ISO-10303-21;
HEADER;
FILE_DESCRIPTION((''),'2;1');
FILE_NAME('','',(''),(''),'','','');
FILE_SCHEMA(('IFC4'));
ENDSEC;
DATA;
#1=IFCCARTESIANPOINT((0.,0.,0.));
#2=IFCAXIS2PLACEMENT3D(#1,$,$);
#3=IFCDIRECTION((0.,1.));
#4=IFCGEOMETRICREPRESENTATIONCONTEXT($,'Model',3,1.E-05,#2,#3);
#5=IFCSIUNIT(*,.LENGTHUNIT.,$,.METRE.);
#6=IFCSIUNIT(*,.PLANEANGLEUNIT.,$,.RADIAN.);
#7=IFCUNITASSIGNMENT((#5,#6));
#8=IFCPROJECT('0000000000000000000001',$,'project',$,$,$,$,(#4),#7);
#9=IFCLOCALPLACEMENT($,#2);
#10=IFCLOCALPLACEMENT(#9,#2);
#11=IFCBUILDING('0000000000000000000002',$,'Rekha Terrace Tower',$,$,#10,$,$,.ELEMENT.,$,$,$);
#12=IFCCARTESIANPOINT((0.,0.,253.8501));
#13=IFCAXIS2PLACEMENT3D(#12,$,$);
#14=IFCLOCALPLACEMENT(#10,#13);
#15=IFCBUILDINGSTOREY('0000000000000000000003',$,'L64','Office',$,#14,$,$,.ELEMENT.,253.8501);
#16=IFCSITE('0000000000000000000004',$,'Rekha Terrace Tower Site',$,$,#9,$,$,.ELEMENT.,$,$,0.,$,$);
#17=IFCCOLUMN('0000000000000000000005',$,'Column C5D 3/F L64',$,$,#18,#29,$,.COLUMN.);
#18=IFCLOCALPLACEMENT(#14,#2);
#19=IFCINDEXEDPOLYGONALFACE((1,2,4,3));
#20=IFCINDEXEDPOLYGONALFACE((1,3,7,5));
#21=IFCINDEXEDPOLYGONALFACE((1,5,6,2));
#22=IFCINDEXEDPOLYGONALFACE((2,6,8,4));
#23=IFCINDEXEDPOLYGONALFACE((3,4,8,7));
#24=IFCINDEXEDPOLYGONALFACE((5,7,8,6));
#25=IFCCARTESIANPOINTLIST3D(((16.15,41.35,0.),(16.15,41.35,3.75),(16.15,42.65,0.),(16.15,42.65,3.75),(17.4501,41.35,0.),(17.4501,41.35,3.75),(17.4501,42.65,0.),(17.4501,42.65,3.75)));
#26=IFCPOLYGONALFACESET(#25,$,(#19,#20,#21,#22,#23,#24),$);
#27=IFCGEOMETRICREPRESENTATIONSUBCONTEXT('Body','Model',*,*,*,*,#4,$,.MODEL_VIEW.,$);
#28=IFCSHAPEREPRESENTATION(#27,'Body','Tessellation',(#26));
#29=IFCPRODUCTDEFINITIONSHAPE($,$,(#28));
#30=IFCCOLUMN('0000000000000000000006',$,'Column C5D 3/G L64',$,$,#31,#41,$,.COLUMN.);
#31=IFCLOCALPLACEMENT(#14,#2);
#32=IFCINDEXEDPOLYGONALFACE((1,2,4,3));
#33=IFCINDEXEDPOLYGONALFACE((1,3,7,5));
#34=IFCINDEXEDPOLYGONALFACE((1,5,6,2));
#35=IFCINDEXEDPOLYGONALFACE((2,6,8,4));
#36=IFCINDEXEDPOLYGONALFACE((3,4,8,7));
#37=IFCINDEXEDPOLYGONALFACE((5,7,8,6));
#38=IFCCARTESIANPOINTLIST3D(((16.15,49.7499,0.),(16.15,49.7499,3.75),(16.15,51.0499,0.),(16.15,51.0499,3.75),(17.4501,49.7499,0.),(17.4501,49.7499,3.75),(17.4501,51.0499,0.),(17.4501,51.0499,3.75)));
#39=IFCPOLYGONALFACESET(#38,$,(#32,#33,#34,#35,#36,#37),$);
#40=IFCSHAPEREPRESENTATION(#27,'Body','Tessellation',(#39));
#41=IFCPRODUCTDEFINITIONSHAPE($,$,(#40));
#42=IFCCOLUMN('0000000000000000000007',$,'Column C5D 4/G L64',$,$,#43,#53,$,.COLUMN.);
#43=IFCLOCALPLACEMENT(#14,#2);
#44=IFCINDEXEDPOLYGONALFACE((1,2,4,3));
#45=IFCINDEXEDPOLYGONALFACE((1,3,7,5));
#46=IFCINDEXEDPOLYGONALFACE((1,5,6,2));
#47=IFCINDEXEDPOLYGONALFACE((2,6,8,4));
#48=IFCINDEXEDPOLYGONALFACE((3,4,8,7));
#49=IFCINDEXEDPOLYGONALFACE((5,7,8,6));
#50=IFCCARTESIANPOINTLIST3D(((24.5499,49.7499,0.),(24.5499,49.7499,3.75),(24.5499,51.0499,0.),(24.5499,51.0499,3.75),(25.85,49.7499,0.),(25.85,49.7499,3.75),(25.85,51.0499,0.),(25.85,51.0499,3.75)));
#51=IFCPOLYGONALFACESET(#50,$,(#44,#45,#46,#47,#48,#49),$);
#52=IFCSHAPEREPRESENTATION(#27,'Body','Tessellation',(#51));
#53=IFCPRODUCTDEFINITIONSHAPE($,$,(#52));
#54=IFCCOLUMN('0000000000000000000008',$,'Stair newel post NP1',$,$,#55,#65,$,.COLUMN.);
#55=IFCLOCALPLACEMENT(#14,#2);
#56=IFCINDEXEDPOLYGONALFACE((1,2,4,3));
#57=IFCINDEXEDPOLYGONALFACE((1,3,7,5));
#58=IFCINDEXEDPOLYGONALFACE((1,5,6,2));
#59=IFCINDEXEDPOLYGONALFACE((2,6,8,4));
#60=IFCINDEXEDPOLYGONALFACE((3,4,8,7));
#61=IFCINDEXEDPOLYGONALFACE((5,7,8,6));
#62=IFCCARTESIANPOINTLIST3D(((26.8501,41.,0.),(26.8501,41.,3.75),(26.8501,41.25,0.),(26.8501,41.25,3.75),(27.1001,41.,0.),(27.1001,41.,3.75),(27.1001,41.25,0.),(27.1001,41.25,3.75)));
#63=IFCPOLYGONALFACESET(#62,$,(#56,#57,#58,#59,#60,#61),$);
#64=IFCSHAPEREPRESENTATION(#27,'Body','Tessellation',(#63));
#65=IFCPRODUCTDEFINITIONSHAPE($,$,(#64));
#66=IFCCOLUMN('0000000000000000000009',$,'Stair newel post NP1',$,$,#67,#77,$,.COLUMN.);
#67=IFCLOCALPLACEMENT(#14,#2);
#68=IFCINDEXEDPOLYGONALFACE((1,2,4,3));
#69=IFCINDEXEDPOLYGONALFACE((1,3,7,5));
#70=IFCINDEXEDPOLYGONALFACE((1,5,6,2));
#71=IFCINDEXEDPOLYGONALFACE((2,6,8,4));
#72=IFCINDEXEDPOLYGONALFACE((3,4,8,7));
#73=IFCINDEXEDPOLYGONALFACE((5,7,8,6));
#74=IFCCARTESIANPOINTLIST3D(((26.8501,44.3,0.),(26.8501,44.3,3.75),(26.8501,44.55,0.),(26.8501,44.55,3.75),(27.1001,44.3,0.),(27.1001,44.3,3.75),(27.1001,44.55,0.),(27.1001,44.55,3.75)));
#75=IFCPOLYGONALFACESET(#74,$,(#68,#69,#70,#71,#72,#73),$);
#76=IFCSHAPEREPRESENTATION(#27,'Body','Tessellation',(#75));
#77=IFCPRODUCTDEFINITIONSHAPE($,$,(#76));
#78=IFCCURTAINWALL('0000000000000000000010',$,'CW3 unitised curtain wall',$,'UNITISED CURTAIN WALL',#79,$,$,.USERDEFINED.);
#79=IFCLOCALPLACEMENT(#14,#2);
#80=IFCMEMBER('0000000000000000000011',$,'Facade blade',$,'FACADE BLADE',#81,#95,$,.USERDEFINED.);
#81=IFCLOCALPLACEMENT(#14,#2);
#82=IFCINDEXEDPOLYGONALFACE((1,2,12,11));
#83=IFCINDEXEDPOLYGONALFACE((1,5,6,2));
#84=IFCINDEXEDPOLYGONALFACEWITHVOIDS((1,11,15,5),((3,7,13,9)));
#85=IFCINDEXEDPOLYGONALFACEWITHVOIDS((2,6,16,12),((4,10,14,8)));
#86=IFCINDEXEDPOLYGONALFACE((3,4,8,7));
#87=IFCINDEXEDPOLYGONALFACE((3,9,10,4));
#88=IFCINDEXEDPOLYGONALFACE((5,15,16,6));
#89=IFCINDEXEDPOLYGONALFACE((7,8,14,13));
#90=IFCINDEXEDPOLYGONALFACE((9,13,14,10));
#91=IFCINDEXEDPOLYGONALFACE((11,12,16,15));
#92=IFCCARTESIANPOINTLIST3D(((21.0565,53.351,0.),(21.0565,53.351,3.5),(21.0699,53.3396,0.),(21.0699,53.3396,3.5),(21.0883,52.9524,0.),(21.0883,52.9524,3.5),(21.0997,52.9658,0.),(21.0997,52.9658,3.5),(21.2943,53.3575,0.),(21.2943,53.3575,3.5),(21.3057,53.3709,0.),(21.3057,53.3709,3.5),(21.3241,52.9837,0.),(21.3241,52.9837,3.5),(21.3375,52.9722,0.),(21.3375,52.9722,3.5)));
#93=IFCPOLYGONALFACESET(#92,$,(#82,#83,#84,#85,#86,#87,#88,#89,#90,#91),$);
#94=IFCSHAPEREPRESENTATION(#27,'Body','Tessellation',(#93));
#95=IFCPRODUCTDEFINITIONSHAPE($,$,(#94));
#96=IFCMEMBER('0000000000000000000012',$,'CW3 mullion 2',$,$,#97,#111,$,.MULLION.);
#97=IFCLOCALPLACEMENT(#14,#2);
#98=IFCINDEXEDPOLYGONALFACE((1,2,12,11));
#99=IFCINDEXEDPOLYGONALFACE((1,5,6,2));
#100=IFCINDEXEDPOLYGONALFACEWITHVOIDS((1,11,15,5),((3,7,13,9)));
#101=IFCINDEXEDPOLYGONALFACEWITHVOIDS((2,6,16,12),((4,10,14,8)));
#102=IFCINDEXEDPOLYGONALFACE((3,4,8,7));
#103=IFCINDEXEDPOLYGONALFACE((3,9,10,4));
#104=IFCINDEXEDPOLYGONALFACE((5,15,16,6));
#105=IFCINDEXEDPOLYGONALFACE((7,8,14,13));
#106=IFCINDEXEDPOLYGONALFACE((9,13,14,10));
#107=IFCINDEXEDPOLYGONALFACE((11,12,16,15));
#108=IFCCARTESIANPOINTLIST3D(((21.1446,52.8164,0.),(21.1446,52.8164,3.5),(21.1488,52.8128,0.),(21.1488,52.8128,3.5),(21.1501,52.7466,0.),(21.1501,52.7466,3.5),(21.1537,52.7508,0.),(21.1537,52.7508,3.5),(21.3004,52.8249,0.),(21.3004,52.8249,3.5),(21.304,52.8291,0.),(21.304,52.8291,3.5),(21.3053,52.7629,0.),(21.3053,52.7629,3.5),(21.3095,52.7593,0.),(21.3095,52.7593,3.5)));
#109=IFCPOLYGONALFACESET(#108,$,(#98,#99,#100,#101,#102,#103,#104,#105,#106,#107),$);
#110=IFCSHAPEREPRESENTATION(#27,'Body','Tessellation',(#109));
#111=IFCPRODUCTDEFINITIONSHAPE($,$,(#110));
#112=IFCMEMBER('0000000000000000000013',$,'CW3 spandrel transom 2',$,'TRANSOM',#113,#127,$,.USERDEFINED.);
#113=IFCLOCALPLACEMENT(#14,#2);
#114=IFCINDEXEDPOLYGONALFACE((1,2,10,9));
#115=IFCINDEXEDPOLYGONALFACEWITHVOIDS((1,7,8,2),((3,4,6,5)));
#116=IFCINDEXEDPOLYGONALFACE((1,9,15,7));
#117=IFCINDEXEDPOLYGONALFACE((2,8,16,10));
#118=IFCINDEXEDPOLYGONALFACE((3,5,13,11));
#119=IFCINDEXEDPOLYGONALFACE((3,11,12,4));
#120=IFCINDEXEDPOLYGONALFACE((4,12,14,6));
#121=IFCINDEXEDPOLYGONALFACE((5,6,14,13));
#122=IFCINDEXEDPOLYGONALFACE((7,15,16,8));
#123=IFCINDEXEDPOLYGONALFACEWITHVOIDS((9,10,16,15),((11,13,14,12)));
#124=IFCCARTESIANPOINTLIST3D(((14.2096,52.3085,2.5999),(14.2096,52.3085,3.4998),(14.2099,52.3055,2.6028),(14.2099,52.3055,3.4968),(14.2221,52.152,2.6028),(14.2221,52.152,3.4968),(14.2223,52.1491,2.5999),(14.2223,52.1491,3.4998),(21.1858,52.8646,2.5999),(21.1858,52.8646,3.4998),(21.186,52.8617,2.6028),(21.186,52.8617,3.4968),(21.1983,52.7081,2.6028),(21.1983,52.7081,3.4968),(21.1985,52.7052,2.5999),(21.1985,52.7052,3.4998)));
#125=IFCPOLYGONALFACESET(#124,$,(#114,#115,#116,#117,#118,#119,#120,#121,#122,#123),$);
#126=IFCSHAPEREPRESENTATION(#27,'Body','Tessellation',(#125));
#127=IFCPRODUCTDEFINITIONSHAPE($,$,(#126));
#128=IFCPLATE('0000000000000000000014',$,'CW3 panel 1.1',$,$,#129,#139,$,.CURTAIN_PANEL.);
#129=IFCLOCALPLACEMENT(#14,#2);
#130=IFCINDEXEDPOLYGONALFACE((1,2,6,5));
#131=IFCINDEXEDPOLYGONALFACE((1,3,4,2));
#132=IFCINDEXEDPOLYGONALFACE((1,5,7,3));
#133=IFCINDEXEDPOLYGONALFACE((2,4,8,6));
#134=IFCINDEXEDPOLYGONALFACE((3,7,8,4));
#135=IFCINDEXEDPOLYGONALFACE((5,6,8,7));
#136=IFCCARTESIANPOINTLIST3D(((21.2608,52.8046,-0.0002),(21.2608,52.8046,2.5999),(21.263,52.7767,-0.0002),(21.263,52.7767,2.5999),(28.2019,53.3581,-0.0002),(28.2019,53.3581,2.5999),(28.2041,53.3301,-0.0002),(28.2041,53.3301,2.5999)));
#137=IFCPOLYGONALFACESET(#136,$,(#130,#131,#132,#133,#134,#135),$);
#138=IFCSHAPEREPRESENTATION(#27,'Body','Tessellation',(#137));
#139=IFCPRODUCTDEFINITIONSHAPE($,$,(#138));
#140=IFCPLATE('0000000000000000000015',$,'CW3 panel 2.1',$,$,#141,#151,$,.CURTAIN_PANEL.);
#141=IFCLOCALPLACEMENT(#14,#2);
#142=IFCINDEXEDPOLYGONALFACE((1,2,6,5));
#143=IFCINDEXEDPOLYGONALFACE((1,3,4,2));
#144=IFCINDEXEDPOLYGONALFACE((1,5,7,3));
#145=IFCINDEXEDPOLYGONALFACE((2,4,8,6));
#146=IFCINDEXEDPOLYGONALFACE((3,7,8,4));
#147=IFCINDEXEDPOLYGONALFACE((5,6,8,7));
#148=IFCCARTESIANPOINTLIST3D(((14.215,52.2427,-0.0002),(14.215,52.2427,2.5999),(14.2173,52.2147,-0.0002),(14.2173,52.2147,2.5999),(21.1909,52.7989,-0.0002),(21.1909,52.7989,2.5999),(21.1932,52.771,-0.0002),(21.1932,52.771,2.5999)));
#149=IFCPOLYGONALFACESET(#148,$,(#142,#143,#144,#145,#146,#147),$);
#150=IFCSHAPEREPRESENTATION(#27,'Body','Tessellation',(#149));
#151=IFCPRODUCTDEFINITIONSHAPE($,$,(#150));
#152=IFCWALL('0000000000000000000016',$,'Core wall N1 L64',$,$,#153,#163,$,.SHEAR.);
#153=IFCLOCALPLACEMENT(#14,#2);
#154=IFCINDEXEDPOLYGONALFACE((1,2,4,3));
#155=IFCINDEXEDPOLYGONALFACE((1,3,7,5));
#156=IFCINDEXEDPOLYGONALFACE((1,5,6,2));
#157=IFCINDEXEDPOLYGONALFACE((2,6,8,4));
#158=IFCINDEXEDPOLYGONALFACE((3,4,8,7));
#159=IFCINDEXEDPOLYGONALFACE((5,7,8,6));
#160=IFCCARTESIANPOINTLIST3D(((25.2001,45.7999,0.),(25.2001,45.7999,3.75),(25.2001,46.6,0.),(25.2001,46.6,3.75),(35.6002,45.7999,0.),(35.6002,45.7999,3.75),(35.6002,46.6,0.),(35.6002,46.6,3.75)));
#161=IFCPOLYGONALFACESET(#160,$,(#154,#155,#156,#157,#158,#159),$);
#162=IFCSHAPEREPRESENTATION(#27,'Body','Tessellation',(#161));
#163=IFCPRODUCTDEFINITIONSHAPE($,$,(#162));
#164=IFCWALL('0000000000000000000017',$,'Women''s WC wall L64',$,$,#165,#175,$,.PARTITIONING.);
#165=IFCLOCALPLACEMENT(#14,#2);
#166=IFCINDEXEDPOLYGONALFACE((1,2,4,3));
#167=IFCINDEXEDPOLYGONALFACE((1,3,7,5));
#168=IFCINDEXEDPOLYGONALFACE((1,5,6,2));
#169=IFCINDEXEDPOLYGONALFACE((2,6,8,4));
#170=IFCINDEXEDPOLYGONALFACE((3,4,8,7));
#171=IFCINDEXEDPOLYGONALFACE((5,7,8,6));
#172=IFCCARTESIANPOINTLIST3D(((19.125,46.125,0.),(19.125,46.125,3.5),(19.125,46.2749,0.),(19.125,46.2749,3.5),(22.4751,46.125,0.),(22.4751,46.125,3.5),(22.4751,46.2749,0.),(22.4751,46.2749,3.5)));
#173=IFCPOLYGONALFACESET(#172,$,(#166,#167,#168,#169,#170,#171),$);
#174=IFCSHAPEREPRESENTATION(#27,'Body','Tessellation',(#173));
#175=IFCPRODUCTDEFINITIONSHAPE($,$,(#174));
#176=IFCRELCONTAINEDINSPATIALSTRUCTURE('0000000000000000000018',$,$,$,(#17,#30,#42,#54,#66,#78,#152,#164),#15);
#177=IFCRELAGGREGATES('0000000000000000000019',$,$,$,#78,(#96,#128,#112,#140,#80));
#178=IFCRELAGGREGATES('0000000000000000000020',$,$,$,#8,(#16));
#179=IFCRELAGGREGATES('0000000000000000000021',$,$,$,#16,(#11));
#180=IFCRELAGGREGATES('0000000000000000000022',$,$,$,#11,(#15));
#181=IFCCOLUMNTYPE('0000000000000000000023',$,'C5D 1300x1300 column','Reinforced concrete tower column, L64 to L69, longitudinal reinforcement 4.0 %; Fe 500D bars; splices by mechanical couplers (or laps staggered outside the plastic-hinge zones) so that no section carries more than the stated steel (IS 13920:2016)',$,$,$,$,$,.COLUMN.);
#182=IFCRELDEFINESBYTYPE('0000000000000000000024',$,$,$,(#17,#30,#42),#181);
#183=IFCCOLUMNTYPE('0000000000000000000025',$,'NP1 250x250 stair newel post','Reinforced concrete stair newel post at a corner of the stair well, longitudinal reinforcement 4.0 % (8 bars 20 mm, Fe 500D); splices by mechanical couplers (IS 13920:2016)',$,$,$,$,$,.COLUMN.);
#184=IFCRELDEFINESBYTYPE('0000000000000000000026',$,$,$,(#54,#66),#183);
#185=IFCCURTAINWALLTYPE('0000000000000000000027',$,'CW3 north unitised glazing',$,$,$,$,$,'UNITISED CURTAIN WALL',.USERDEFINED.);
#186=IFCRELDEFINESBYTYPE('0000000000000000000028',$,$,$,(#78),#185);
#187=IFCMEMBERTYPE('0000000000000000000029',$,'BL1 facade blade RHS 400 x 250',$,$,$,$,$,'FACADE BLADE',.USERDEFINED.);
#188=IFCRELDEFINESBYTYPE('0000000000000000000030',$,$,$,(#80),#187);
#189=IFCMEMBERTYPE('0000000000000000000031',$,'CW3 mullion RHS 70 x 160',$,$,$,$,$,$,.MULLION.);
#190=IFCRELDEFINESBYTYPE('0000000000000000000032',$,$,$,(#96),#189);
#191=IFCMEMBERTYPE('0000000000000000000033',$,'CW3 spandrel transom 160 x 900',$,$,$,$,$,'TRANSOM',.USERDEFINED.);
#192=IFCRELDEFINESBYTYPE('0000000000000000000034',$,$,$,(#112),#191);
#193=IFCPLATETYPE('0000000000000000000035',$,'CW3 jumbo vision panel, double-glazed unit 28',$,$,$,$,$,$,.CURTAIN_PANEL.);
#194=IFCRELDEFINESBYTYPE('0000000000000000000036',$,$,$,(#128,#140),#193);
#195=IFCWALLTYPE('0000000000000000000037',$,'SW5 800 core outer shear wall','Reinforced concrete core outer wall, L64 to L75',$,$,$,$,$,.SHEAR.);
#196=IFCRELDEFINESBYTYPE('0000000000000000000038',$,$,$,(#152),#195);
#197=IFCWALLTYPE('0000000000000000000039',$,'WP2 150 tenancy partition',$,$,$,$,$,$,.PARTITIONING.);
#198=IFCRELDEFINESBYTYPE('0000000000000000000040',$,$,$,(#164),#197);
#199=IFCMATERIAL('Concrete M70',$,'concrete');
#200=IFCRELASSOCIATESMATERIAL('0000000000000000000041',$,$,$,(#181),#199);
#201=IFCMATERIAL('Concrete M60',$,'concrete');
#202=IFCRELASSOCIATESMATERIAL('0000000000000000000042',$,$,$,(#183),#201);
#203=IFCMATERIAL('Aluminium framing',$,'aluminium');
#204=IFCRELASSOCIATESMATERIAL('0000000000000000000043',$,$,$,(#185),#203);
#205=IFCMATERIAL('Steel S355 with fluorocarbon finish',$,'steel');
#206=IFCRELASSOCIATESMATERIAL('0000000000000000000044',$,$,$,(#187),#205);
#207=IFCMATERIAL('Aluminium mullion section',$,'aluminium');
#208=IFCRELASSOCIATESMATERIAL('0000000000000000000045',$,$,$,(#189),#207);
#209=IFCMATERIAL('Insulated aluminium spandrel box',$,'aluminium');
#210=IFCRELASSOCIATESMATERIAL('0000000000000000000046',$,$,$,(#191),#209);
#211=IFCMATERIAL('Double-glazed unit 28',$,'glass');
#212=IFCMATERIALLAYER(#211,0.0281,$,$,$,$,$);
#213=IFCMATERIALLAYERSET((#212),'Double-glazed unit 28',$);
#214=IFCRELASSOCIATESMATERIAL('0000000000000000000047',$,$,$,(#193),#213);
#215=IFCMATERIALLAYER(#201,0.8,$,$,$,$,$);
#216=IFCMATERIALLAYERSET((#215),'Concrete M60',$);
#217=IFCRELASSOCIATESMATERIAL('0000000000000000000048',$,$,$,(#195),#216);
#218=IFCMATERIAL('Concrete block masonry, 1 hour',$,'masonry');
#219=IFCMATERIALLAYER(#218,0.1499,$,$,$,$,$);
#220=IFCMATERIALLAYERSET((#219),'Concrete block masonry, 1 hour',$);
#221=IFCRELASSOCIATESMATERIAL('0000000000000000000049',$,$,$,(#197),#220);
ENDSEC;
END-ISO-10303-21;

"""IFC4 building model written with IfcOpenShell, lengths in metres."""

from ifc_helpers import new_model, si_unit, direction, frame, frame_2d, origin, origin_2d, place, context, subcontext, project, spatial, rectangle, hollow_rectangle, extrude, material, layer, layer_set, material_profile, profile_set, type_object, element, aggregate, save


model = new_model("IFC4")

# Units and contexts
model_context = context("Model", 3, precision=1e-05, world=origin(), true_north=direction((0.0, 1.0)))
body_context = subcontext(model_context, "Body", "Model", "MODEL_VIEW")
ifc_project = project(units=[si_unit("LENGTHUNIT", "METRE"), si_unit("PLANEANGLEUNIT", "RADIAN")], contexts=[model_context])

# Site, building, storey
site_placement = place(None, origin())
site = spatial("IfcSite", under=ifc_project, at=site_placement, Name="Rekha Terrace Tower Site", CompositionType="ELEMENT", RefElevation=0.0)
building_placement = place(site_placement, origin())
building = spatial("IfcBuilding", under=site, at=building_placement, Name="Rekha Terrace Tower", CompositionType="ELEMENT")
storey_placement = place(building_placement, frame((0.0, 0.0, 253.8501)))
storey = spatial("IfcBuildingStorey", under=building, at=storey_placement, Name="L64", Description="Office", CompositionType="ELEMENT", Elevation=253.8501)

# Columns
ifc_material_1 = material(Name="Concrete M70", Category="concrete")
ifc_material_profile_1 = material_profile(ifc_material_1, rectangle(XDim=1.3, YDim=1.3, at=origin_2d()), Name="RC 1300x1300")
ifc_profile_set_1 = profile_set([ifc_material_profile_1], Name="Concrete M70")
column_type_1 = type_object("IfcColumnType", Name="C5D 1300x1300 column", Description="Reinforced concrete tower column, L64 to L69, longitudinal reinforcement 4.0 %; Fe 500D bars; splices by mechanical couplers (or laps staggered outside the plastic-hinge zones) so that no section carries more than the stated steel (IS 13920:2016)", PredefinedType="COLUMN", material=ifc_profile_set_1)
for number, where, z_axis, x_axis, name in (
    (1, (16.8, 42.0, 0.0), (0.0, 0.0, 1.0), (1.0, 0.0, 0.0), "Column C5D 3/F L64"),
    (2, (16.8, 50.3999, 0.0), (0.0, 0.0, 1.0), (1.0, 0.0, 0.0), "Column C5D 3/G L64"),
    (3, (25.2, 50.3999, 0.0), (0.0, 0.0, 1.0), (1.0, 0.0, 0.0), "Column C5D 4/G L64"),
):
    element("IfcColumn", number, at=place(storey_placement, frame(where, z_axis=z_axis, x_axis=x_axis)), inside=storey, type_object=column_type_1, Name=name, PredefinedType="COLUMN", context=body_context, shape_type="SweptSolid", body=[
        extrude(rectangle(XDim=1.3, YDim=1.3, at=origin_2d()), origin(), (0.0, 0.0, 1.0), 3.75),
    ])
ifc_material_2 = material(Name="Concrete M60", Category="concrete")
ifc_material_profile_2 = material_profile(ifc_material_2, rectangle(XDim=0.25, YDim=0.25, at=origin_2d()), Name="RC 250x250")
ifc_profile_set_2 = profile_set([ifc_material_profile_2], Name="Concrete M60")
column_type_2 = type_object("IfcColumnType", Name="NP1 250x250 stair newel post", Description="Reinforced concrete stair newel post at a corner of the stair well, longitudinal reinforcement 4.0 % (8 bars 20 mm, Fe 500D); splices by mechanical couplers (IS 13920:2016)", PredefinedType="COLUMN", material=ifc_profile_set_2)
for number, where, z_axis, x_axis, name in (
    (4, (26.9751, 41.125, 0.0), (0.0, 0.0, 1.0), (1.0, 0.0, 0.0), "Stair newel post NP1"),
    (5, (26.9751, 44.425, 0.0), (0.0, 0.0, 1.0), (1.0, 0.0, 0.0), "Stair newel post NP1"),
):
    element("IfcColumn", number, at=place(storey_placement, frame(where, z_axis=z_axis, x_axis=x_axis)), inside=storey, type_object=column_type_2, Name=name, PredefinedType="COLUMN", context=body_context, shape_type="SweptSolid", body=[
        extrude(rectangle(XDim=0.25, YDim=0.25, at=origin_2d()), origin(), (0.0, 0.0, 1.0), 3.75),
    ])

# Curtain wall, members, plates
ifc_material_3 = material(Name="Aluminium framing", Category="aluminium")
curtain_wall_type = type_object("IfcCurtainWallType", Name="CW3 north unitised glazing", ElementType="UNITISED CURTAIN WALL", PredefinedType="USERDEFINED", material=ifc_material_3)
curtain_wall_placement = place(storey_placement, origin())
curtain_wall = element("IfcCurtainWall", 6, at=curtain_wall_placement, inside=storey, type_object=curtain_wall_type, Name="CW3 unitised curtain wall", ObjectType="UNITISED CURTAIN WALL", PredefinedType="USERDEFINED")
ifc_material_4 = material(Name="Steel S355 with fluorocarbon finish", Category="steel")
ifc_material_profile_3 = material_profile(ifc_material_4, hollow_rectangle(XDim=0.25, YDim=0.3999, WallThickness=0.0125, at=origin_2d()), Name="RHS400x250x12.5")
ifc_profile_set_3 = profile_set([ifc_material_profile_3], Name="Steel S355 with fluorocarbon finish")
member_type_1 = type_object("IfcMemberType", Name="BL1 facade blade RHS 400 x 250", ElementType="FACADE BLADE", PredefinedType="USERDEFINED", material=ifc_profile_set_3)
member_1_placement = place(storey_placement, frame((21.197, 53.1616, 0.0), z_axis=(0.0, 0.0, 1.0), x_axis=(-0.996836, -0.079486, 0.0)))
member_1 = element("IfcMember", 7, at=member_1_placement, type_object=member_type_1, Name="Facade blade", ObjectType="FACADE BLADE", PredefinedType="USERDEFINED", context=body_context, shape_type="SweptSolid", body=[
    extrude(hollow_rectangle(XDim=0.25, YDim=0.3999, WallThickness=0.0125, at=origin_2d()), origin(), (0.0, 0.0, 1.0), 3.5),
])
ifc_material_5 = material(Name="Aluminium mullion section", Category="aluminium")
ifc_material_profile_4 = material_profile(ifc_material_5, hollow_rectangle(XDim=0.0701, YDim=0.1599, WallThickness=0.0039, at=origin_2d()), Name="AL RHS 70x160")
ifc_profile_set_4 = profile_set([ifc_material_profile_4], Name="Aluminium mullion section")
member_type_2 = type_object("IfcMemberType", Name="CW3 mullion RHS 70 x 160", PredefinedType="MULLION", material=ifc_profile_set_4)
member_2_placement = place(storey_placement, frame((21.2271, 52.7878, 0.0), z_axis=(0.0, 0.0, 1.0), x_axis=(0.079485, -0.996836, 0.0)))
member_2 = element("IfcMember", 8, at=member_2_placement, type_object=member_type_2, Name="CW3 mullion 2", PredefinedType="MULLION", context=body_context, shape_type="SweptSolid", body=[
    extrude(hollow_rectangle(XDim=0.0701, YDim=0.1599, WallThickness=0.0039, at=origin_2d()), origin(), (0.0, 0.0, 1.0), 3.5),
])
ifc_material_6 = material(Name="Insulated aluminium spandrel box", Category="aluminium")
ifc_material_profile_5 = material_profile(ifc_material_6, hollow_rectangle(XDim=0.1599, YDim=0.8999, WallThickness=0.0029, at=origin_2d()), Name="AL SPANDREL BOX 160x900")
ifc_profile_set_5 = profile_set([ifc_material_profile_5], Name="Insulated aluminium spandrel box")
member_type_3 = type_object("IfcMemberType", Name="CW3 spandrel transom 160 x 900", ElementType="TRANSOM", PredefinedType="USERDEFINED", material=ifc_profile_set_5)
member_3_placement = place(storey_placement, frame((21.1921, 52.7849, 3.0498), z_axis=(-0.996837, -0.079471, 0.0), x_axis=(0.079471, -0.996837, 0.0)))
member_3 = element("IfcMember", 9, at=member_3_placement, type_object=member_type_3, Name="CW3 spandrel transom 2", ObjectType="TRANSOM", PredefinedType="USERDEFINED", context=body_context, shape_type="SweptSolid", body=[
    extrude(hollow_rectangle(XDim=0.1599, YDim=0.8999, WallThickness=0.0029, at=origin_2d()), origin(), (0.0, 0.0, 1.0), 6.9983),
])
ifc_material_7 = material(Name="Double-glazed unit 28", Category="glass")
ifc_layer_1 = layer(ifc_material_7, 0.0281)
ifc_layer_set_1 = layer_set([ifc_layer_1], Name="Double-glazed unit 28")
plate_type = type_object("IfcPlateType", Name="CW3 jumbo vision panel, double-glazed unit 28", PredefinedType="CURTAIN_PANEL", material=ifc_layer_set_1)
plate_1_placement = place(storey_placement, frame((24.7324, 53.0674, -0.0002), z_axis=(0.0, 0.0, 1.0), x_axis=(-0.996836, -0.079485, 0.0)))
plate_1 = element("IfcPlate", 10, at=plate_1_placement, type_object=plate_type, Name="CW3 panel 1.1", PredefinedType="CURTAIN_PANEL", context=body_context, shape_type="SweptSolid", body=[
    extrude(rectangle(XDim=6.9631, YDim=0.0281, at=origin_2d()), origin(), (0.0, 0.0, 1.0), 2.6001),
])
plate_2_placement = place(storey_placement, frame((17.7041, 52.5068, -0.0002), z_axis=(0.0, 0.0, 1.0), x_axis=(-0.996836, -0.079485, 0.0)))
plate_2 = element("IfcPlate", 11, at=plate_2_placement, type_object=plate_type, Name="CW3 panel 2.1", PredefinedType="CURTAIN_PANEL", context=body_context, shape_type="SweptSolid", body=[
    extrude(rectangle(XDim=6.998, YDim=0.0281, at=origin_2d()), origin(), (0.0, 0.0, 1.0), 2.6001),
])
aggregate(curtain_wall, [member_2, plate_1, member_3, plate_2, member_1])

# Walls
ifc_layer_2 = layer(ifc_material_2, 0.8)
ifc_layer_set_2 = layer_set([ifc_layer_2], Name="Concrete M60")
wall_type_1 = type_object("IfcWallType", Name="SW5 800 core outer shear wall", Description="Reinforced concrete core outer wall, L64 to L75", PredefinedType="SHEAR", material=ifc_layer_set_2)
wall_1_placement = place(storey_placement, frame((25.2, 46.2, 0.0), z_axis=(0.0, 0.0, 1.0), x_axis=(1.0, 0.0, 0.0)))
element("IfcWall", 12, at=wall_1_placement, inside=storey, type_object=wall_type_1, Name="Core wall N1 L64", PredefinedType="SHEAR", context=body_context, shape_type="SweptSolid", body=[
    extrude(rectangle(XDim=10.4001, YDim=0.8, at=frame_2d((5.2002, 0.0))), origin(), (0.0, 0.0, 1.0), 3.75),
])
ifc_material_8 = material(Name="Concrete block masonry, 1 hour", Category="masonry")
ifc_layer_3 = layer(ifc_material_8, 0.1499)
ifc_layer_set_3 = layer_set([ifc_layer_3], Name="Concrete block masonry, 1 hour")
wall_type_2 = type_object("IfcWallType", Name="WP2 150 tenancy partition", PredefinedType="PARTITIONING", material=ifc_layer_set_3)
wall_2_placement = place(storey_placement, frame((19.125, 46.2, 0.0), z_axis=(0.0, 0.0, 1.0), x_axis=(1.0, 0.0, 0.0)))
element("IfcWall", 13, at=wall_2_placement, inside=storey, type_object=wall_type_2, Name="Women's WC wall L64", PredefinedType="PARTITIONING", context=body_context, shape_type="SweptSolid", body=[
    extrude(rectangle(XDim=3.3501, YDim=0.1499, at=frame_2d((1.675, 0.0))), origin(), (0.0, 0.0, 1.0), 3.5),
])

save(model, "model.ifc")
